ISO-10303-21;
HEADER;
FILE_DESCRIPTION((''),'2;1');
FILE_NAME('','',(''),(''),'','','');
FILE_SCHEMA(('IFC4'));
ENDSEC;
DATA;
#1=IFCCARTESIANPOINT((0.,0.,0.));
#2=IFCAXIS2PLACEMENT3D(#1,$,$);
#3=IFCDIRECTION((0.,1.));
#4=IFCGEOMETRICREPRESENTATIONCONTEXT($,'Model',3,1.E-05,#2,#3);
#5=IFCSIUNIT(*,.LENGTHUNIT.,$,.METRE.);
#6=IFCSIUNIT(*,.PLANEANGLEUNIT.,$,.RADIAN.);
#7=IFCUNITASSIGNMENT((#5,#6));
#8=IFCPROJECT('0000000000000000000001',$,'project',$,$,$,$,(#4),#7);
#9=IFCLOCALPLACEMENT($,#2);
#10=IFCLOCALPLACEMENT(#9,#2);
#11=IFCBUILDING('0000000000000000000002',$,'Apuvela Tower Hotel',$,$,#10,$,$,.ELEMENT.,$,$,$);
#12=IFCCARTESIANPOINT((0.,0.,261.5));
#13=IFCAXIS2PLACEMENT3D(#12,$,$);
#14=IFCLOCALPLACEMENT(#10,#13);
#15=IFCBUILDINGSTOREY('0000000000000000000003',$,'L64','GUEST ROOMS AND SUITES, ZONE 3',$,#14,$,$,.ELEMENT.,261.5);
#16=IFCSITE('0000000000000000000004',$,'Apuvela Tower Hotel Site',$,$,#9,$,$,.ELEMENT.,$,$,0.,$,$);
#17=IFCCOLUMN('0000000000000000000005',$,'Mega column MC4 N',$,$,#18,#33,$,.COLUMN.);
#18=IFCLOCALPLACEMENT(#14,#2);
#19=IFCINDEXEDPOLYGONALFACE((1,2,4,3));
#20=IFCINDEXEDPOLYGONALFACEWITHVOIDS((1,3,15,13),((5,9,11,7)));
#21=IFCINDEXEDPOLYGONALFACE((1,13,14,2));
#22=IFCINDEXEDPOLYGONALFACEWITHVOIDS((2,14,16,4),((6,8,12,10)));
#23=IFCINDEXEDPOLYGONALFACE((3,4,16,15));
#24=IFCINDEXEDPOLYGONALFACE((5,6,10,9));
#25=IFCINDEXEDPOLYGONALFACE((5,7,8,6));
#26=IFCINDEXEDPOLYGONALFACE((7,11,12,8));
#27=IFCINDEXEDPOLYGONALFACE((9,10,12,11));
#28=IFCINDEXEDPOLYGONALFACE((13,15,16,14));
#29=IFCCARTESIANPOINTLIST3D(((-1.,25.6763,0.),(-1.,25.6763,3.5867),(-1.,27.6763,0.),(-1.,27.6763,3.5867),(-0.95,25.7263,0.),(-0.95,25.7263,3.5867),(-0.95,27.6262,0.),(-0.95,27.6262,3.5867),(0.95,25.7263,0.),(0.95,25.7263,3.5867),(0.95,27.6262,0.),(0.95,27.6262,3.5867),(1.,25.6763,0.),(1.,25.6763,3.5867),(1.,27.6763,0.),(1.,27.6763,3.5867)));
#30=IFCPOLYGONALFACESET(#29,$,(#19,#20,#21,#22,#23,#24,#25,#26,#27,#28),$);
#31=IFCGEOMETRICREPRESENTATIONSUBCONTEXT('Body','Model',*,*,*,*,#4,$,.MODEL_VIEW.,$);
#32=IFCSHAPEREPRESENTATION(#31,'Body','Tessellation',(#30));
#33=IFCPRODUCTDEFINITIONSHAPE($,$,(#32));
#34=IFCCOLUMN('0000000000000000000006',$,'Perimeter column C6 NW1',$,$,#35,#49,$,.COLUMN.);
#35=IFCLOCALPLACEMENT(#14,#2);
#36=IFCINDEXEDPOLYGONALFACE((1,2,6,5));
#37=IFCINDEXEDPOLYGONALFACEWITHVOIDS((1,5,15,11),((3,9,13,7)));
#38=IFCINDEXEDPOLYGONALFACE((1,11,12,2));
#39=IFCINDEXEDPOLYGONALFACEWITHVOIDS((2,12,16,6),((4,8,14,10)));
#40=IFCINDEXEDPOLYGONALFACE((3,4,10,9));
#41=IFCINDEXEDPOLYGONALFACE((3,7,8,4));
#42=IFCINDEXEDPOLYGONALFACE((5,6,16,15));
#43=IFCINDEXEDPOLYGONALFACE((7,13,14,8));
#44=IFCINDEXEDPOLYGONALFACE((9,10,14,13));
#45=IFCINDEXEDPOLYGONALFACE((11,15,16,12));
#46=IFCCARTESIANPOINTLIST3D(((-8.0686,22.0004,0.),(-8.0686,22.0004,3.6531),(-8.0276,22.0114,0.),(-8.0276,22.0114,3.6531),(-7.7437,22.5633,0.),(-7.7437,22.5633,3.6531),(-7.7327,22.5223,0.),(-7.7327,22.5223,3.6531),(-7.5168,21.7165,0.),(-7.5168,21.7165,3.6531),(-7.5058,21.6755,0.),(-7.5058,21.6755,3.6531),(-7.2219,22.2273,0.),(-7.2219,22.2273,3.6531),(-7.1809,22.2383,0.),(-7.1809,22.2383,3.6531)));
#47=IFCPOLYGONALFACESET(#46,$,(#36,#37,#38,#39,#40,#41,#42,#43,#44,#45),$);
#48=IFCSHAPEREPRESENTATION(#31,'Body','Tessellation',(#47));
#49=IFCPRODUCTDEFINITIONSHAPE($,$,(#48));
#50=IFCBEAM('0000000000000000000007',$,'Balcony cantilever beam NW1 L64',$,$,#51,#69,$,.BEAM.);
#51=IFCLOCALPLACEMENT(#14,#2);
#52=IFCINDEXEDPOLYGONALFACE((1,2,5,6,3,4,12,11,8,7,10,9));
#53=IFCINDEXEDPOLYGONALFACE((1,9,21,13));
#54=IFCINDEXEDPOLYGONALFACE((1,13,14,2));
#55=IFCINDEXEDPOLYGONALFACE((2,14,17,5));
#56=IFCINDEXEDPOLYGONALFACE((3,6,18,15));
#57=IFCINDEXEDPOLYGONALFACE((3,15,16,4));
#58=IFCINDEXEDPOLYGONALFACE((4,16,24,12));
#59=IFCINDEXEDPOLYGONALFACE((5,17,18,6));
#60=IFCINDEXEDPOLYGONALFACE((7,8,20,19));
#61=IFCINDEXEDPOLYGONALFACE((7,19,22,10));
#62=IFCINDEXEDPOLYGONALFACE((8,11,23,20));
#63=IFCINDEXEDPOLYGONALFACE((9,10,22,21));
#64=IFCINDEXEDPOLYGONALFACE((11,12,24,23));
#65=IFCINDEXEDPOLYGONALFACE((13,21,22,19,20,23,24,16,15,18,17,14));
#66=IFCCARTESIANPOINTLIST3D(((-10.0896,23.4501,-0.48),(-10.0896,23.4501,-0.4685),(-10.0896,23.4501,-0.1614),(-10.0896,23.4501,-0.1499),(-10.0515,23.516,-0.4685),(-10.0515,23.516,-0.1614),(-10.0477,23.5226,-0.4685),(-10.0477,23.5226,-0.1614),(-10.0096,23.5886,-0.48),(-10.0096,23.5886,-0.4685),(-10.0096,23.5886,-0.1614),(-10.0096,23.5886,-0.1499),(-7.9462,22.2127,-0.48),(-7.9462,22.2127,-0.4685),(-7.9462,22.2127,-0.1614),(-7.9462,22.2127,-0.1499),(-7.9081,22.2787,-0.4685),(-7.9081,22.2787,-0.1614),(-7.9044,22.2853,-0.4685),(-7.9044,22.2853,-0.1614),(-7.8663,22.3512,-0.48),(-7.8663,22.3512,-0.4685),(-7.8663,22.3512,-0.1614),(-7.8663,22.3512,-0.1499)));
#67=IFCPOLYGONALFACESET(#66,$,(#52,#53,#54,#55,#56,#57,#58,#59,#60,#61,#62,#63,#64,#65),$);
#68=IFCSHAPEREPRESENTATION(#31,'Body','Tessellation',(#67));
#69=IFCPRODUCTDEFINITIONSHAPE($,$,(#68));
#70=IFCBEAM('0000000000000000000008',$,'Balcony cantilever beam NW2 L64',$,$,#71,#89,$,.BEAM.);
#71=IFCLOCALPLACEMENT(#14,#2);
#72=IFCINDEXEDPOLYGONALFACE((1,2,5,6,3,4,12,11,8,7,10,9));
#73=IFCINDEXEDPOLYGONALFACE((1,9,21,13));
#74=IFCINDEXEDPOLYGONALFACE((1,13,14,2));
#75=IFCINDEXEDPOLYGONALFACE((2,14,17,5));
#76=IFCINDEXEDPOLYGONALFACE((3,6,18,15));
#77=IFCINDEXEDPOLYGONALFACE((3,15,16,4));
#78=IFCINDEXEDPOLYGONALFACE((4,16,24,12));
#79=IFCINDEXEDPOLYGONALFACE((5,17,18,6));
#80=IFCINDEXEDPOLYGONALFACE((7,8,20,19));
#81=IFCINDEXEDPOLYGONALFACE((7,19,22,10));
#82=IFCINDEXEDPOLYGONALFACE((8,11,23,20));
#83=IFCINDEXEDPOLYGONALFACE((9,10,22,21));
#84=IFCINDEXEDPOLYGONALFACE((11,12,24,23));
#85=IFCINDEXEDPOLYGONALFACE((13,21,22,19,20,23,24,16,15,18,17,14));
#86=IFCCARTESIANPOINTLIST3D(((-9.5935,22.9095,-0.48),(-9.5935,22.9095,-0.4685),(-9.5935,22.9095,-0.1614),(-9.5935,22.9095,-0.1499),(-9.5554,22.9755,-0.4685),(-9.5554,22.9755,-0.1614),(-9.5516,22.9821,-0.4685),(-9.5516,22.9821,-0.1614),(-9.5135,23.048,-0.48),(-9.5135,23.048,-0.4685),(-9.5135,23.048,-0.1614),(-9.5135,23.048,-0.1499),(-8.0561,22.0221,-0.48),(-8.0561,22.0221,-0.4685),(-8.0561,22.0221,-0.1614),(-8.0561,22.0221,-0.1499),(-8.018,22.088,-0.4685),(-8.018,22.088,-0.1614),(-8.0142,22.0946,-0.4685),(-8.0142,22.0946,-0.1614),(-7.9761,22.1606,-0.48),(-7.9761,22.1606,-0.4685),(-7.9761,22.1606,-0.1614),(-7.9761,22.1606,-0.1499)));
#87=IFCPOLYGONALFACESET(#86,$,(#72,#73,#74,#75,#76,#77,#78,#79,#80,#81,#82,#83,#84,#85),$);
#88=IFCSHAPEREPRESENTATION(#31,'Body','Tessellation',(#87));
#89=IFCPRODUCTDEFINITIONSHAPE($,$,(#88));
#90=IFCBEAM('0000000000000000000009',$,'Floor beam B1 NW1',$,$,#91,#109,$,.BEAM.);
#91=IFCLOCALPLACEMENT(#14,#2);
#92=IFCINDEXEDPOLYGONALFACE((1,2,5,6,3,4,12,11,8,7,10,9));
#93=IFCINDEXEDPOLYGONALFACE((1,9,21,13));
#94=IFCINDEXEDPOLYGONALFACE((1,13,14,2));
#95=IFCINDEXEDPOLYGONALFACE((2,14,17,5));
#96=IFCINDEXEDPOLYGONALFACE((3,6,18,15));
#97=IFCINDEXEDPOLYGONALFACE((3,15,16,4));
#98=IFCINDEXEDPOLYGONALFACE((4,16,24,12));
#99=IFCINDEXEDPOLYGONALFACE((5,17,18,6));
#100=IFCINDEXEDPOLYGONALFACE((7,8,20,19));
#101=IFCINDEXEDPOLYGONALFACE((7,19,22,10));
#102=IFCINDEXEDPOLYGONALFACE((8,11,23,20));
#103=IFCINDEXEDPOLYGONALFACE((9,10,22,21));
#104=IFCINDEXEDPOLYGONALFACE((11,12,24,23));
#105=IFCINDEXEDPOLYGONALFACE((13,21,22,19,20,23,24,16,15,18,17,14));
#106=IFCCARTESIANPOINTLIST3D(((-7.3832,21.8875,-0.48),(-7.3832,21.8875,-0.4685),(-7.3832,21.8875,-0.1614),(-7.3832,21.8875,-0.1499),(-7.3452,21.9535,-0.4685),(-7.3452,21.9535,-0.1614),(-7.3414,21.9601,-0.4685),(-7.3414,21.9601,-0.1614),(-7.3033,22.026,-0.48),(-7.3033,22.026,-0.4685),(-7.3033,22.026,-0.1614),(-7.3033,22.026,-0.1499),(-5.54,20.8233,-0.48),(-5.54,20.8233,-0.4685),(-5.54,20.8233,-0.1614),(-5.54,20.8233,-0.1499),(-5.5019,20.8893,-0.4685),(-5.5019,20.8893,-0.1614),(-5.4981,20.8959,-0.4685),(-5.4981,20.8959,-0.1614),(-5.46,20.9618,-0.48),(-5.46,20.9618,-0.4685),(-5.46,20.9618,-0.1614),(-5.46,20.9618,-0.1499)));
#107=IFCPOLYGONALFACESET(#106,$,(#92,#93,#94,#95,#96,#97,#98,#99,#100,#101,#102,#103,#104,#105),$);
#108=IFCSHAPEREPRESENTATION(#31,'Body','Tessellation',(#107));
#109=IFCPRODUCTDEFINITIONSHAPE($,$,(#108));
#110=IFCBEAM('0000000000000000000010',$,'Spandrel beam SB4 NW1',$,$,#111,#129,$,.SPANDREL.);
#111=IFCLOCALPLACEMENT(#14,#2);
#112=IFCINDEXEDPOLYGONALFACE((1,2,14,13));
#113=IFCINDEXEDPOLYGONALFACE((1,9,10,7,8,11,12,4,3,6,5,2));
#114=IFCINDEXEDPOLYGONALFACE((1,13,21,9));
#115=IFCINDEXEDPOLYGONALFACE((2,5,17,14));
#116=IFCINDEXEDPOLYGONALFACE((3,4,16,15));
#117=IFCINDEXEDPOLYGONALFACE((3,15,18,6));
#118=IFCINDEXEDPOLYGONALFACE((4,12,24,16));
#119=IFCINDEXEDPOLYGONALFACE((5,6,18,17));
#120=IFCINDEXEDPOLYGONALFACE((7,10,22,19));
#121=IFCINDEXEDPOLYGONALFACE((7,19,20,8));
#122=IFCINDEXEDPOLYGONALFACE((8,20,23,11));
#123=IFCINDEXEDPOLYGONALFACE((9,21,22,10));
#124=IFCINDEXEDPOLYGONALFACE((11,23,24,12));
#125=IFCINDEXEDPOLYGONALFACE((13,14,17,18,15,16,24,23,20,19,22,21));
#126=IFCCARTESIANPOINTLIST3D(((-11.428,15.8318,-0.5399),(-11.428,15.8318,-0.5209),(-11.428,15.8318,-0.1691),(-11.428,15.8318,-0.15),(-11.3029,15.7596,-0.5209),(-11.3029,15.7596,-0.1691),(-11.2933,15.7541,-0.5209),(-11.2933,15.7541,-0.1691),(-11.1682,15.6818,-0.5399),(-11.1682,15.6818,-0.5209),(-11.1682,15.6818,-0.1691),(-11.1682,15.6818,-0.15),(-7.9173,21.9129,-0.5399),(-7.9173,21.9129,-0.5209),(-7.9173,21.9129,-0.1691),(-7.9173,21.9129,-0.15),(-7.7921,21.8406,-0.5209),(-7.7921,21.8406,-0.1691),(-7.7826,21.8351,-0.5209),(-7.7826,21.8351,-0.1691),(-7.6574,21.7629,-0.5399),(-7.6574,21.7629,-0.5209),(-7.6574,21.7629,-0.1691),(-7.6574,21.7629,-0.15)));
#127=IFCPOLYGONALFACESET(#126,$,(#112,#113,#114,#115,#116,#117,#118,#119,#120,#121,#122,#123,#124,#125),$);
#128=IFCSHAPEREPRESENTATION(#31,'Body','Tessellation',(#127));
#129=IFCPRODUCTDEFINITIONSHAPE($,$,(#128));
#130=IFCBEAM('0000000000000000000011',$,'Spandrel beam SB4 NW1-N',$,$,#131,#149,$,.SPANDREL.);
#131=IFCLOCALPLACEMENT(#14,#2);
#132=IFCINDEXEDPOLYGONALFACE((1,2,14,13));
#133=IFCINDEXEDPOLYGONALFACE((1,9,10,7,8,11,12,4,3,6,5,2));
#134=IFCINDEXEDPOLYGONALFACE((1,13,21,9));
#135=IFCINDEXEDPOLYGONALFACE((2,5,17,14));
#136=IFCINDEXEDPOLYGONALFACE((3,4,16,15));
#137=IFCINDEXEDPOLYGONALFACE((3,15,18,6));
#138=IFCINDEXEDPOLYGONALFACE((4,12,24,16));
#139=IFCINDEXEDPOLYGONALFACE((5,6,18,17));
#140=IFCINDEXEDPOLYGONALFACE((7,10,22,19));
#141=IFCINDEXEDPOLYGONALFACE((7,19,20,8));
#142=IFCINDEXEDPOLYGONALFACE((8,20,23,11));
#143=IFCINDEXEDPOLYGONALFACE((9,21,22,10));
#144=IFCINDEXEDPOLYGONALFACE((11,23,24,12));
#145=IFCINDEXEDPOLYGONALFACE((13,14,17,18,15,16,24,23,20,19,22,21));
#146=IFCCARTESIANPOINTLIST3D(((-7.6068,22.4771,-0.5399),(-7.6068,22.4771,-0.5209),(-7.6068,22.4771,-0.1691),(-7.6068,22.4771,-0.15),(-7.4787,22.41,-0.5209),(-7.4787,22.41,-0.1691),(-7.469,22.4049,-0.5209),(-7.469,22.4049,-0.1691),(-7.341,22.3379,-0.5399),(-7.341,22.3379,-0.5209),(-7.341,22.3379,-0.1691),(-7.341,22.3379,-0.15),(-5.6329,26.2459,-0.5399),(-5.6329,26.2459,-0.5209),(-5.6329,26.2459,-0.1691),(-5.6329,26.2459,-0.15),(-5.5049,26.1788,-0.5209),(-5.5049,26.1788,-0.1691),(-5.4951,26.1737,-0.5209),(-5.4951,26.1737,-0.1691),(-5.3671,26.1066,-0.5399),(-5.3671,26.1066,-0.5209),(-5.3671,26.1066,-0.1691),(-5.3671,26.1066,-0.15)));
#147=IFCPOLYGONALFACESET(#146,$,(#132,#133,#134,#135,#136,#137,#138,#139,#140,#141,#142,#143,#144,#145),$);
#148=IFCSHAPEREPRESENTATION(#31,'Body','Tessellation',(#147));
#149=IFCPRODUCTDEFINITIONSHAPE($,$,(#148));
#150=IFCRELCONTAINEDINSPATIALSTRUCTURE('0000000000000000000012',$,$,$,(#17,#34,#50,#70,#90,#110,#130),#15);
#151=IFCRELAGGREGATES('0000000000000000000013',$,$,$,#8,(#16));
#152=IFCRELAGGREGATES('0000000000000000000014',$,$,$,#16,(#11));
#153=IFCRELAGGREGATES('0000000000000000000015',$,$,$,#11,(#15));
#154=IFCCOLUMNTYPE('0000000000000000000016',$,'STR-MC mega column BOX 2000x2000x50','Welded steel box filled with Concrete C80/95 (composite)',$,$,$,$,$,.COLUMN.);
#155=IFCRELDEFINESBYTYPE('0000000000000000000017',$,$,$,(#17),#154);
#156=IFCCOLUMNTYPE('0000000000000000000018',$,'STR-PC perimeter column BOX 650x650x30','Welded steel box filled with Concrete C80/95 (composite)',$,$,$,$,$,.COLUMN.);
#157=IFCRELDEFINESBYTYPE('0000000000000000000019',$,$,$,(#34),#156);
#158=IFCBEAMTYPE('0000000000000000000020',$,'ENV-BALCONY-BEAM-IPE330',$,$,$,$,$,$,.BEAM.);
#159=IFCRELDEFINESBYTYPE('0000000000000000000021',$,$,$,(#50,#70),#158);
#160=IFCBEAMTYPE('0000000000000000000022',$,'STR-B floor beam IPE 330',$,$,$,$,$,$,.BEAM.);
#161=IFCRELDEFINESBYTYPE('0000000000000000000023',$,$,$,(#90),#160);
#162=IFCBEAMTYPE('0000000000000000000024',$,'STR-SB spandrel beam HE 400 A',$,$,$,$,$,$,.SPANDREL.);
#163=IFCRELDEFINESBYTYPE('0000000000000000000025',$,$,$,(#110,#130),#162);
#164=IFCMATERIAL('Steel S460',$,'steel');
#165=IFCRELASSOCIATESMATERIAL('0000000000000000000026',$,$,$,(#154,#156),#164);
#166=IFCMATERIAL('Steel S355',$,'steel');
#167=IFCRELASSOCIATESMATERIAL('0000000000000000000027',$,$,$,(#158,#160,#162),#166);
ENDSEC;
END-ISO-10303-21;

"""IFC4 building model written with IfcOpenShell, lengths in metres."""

from ifc_helpers import new_model, si_unit, direction, frame, origin, origin_2d, place, context, subcontext, project, spatial, rectangle, hollow_rectangle, i_section, extrude, boolean, halfspace, material, material_profile, profile_set, type_object, element, save


model = new_model("IFC4")

# Units and contexts
model_context = context("Model", 3, precision=1e-05, world=origin(), true_north=direction((0.0, 1.0)))
body_context = subcontext(model_context, "Body", "Model", "MODEL_VIEW")
ifc_project = project(units=[si_unit("LENGTHUNIT", "METRE"), si_unit("PLANEANGLEUNIT", "RADIAN")], contexts=[model_context])

# Site, building, storey
site_placement = place(None, origin())
site = spatial("IfcSite", under=ifc_project, at=site_placement, Name="Apuvela Tower Hotel Site", CompositionType="ELEMENT", RefElevation=0.0)
building_placement = place(site_placement, origin())
building = spatial("IfcBuilding", under=site, at=building_placement, Name="Apuvela Tower Hotel", CompositionType="ELEMENT")
storey_placement = place(building_placement, frame((0.0, 0.0, 261.5)))
storey = spatial("IfcBuildingStorey", under=building, at=storey_placement, Name="L64", Description="GUEST ROOMS AND SUITES, ZONE 3", CompositionType="ELEMENT", Elevation=261.5)

# Columns
ifc_material_1 = material(Name="Steel S460", Category="steel")
ifc_material_profile_1 = material_profile(ifc_material_1, hollow_rectangle(XDim=2.0, YDim=2.0, WallThickness=0.05, at=origin_2d()), Name="BOX 2000x2000x50")
ifc_material_2 = material(Name="Concrete C80/95", Category="concrete")
ifc_material_profile_2 = material_profile(ifc_material_2, rectangle(XDim=1.8999, YDim=1.8999, at=origin_2d()), Name="Concrete C80/95 infill")
ifc_profile_set_1 = profile_set([ifc_material_profile_1, ifc_material_profile_2], Name="Steel S460")
column_type_1 = type_object("IfcColumnType", Name="STR-MC mega column BOX 2000x2000x50", Description="Welded steel box filled with Concrete C80/95 (composite)", PredefinedType="COLUMN", material=ifc_profile_set_1)
column_1_placement = place(storey_placement, frame((0.0, 26.6763, 0.0), z_axis=(0.0, 0.0, 1.0), x_axis=(1.0, 0.0, 0.0)))
element("IfcColumn", 1, at=column_1_placement, inside=storey, type_object=column_type_1, Name="Mega column MC4 N", PredefinedType="COLUMN", context=body_context, shape_type="SweptSolid", body=[
    boolean("DIFFERENCE", extrude(hollow_rectangle(XDim=2.0, YDim=2.0, WallThickness=0.05, at=origin_2d()), origin(), (0.0, 0.0, 1.0), 3.7), halfspace(frame((0.0, 0.0, 3.5867), z_axis=(0.0, 0.0, 1.0), x_axis=(1.0, 0.0, 0.0)), False)),
])
ifc_material_profile_3 = material_profile(ifc_material_1, hollow_rectangle(XDim=0.6499, YDim=0.6499, WallThickness=0.03, at=origin_2d()), Name="BOX 650x650x30")
ifc_material_profile_4 = material_profile(ifc_material_2, rectangle(XDim=0.5901, YDim=0.5901, at=origin_2d()), Name="Concrete C80/95 infill")
ifc_profile_set_2 = profile_set([ifc_material_profile_3, ifc_material_profile_4], Name="Steel S460")
column_type_2 = type_object("IfcColumnType", Name="STR-PC perimeter column BOX 650x650x30", Description="Welded steel box filled with Concrete C80/95 (composite)", PredefinedType="COLUMN", material=ifc_profile_set_2)
column_2_placement = place(storey_placement, frame((-7.6248, 22.1194, 0.0), z_axis=(0.0, 0.0, 1.0), x_axis=(0.5, 0.866025, 0.0)))
element("IfcColumn", 2, at=column_2_placement, inside=storey, type_object=column_type_2, Name="Perimeter column C6 NW1", PredefinedType="COLUMN", context=body_context, shape_type="SweptSolid", body=[
    boolean("DIFFERENCE", extrude(hollow_rectangle(XDim=0.6499, YDim=0.6499, WallThickness=0.03, at=origin_2d()), origin(), (0.0, 0.0, 1.0), 3.7), halfspace(frame((0.0, 0.0, 3.6531), z_axis=(0.0, 0.0, 1.0), x_axis=(1.0, 0.0, 0.0)), False)),
])

# Beams
ifc_material_3 = material(Name="Steel S355", Category="steel")
ifc_material_profile_5 = material_profile(ifc_material_3, i_section(OverallWidth=0.1599, OverallDepth=0.3301, WebThickness=0.0076, FlangeThickness=0.0115, at=origin_2d()), Name="IPE 330")
ifc_profile_set_3 = profile_set([ifc_material_profile_5], Name="Steel S355")
beam_type_1 = type_object("IfcBeamType", Name="ENV-BALCONY-BEAM-IPE330", PredefinedType="BEAM", material=ifc_profile_set_3)
beam_1_placement = place(storey_placement, frame((-7.9062, 22.282, -0.3149), z_axis=(-0.866049, 0.499959, 0.0), x_axis=(-0.499959, -0.866049, 0.0)))
element("IfcBeam", 3, at=beam_1_placement, inside=storey, type_object=beam_type_1, Name="Balcony cantilever beam NW1 L64", PredefinedType="BEAM", context=body_context, shape_type="SweptSolid", body=[
    extrude(i_section(OverallWidth=0.1599, OverallDepth=0.3301, WebThickness=0.0076, FlangeThickness=0.0115, at=origin_2d()), origin(), (0.0, 0.0, 1.0), 2.4749),
])
beam_2_placement = place(storey_placement, frame((-8.0161, 22.0913, -0.3149), z_axis=(-0.86606, 0.499941, 0.0), x_axis=(-0.499941, -0.86606, 0.0)))
element("IfcBeam", 4, at=beam_2_placement, inside=storey, type_object=beam_type_1, Name="Balcony cantilever beam NW2 L64", PredefinedType="BEAM", context=body_context, shape_type="SweptSolid", body=[
    extrude(i_section(OverallWidth=0.1599, OverallDepth=0.3301, WebThickness=0.0076, FlangeThickness=0.0115, at=origin_2d()), origin(), (0.0, 0.0, 1.0), 1.7751),
])
ifc_material_profile_6 = material_profile(ifc_material_3, i_section(OverallWidth=0.1599, OverallDepth=0.3301, WebThickness=0.0076, FlangeThickness=0.0115, at=origin_2d()), Name="IPE 330")
ifc_profile_set_4 = profile_set([ifc_material_profile_6], Name="Steel S355")
beam_type_2 = type_object("IfcBeamType", Name="STR-B floor beam IPE 330", PredefinedType="BEAM", material=ifc_profile_set_4)
beam_3_placement = place(storey_placement, frame((-7.3433, 21.9568, -0.3149), z_axis=(0.866025, -0.5, 0.0), x_axis=(0.5, 0.866025, 0.0)))
element("IfcBeam", 5, at=beam_3_placement, inside=storey, type_object=beam_type_2, Name="Floor beam B1 NW1", PredefinedType="BEAM", context=body_context, shape_type="SweptSolid", body=[
    extrude(i_section(OverallWidth=0.1599, OverallDepth=0.3301, WebThickness=0.0076, FlangeThickness=0.0115, at=origin_2d()), origin(), (0.0, 0.0, 1.0), 2.1284),
])
ifc_material_profile_7 = material_profile(ifc_material_3, i_section(OverallWidth=0.3, OverallDepth=0.3899, WebThickness=0.011, FlangeThickness=0.019, at=origin_2d()), Name="HE 400 A")
ifc_profile_set_5 = profile_set([ifc_material_profile_7], Name="Steel S355")
beam_type_3 = type_object("IfcBeamType", Name="STR-SB spandrel beam HE 400 A", PredefinedType="SPANDREL", material=ifc_profile_set_5)
beam_4_placement = place(storey_placement, frame((-7.7874, 21.8379, -0.345), z_axis=(-0.499983, -0.866035, 0.0), x_axis=(0.866035, -0.499983, 0.0)))
element("IfcBeam", 6, at=beam_4_placement, inside=storey, type_object=beam_type_3, Name="Spandrel beam SB4 NW1", PredefinedType="SPANDREL", context=body_context, shape_type="SweptSolid", body=[
    extrude(i_section(OverallWidth=0.3, OverallDepth=0.3899, WebThickness=0.011, FlangeThickness=0.019, at=origin_2d()), origin(), (0.0, 0.0, 1.0), 7.0217),
])
beam_5_placement = place(storey_placement, frame((-7.4739, 22.4075, -0.345), z_axis=(0.46396, 0.885856, 0.0), x_axis=(-0.885856, 0.46396, 0.0)))
element("IfcBeam", 7, at=beam_5_placement, inside=storey, type_object=beam_type_3, Name="Spandrel beam SB4 NW1-N", PredefinedType="SPANDREL", context=body_context, shape_type="SweptSolid", body=[
    extrude(i_section(OverallWidth=0.3, OverallDepth=0.3899, WebThickness=0.011, FlangeThickness=0.019, at=origin_2d()), origin(), (0.0, 0.0, 1.0), 4.2544),
])

save(model, "model.ifc")
